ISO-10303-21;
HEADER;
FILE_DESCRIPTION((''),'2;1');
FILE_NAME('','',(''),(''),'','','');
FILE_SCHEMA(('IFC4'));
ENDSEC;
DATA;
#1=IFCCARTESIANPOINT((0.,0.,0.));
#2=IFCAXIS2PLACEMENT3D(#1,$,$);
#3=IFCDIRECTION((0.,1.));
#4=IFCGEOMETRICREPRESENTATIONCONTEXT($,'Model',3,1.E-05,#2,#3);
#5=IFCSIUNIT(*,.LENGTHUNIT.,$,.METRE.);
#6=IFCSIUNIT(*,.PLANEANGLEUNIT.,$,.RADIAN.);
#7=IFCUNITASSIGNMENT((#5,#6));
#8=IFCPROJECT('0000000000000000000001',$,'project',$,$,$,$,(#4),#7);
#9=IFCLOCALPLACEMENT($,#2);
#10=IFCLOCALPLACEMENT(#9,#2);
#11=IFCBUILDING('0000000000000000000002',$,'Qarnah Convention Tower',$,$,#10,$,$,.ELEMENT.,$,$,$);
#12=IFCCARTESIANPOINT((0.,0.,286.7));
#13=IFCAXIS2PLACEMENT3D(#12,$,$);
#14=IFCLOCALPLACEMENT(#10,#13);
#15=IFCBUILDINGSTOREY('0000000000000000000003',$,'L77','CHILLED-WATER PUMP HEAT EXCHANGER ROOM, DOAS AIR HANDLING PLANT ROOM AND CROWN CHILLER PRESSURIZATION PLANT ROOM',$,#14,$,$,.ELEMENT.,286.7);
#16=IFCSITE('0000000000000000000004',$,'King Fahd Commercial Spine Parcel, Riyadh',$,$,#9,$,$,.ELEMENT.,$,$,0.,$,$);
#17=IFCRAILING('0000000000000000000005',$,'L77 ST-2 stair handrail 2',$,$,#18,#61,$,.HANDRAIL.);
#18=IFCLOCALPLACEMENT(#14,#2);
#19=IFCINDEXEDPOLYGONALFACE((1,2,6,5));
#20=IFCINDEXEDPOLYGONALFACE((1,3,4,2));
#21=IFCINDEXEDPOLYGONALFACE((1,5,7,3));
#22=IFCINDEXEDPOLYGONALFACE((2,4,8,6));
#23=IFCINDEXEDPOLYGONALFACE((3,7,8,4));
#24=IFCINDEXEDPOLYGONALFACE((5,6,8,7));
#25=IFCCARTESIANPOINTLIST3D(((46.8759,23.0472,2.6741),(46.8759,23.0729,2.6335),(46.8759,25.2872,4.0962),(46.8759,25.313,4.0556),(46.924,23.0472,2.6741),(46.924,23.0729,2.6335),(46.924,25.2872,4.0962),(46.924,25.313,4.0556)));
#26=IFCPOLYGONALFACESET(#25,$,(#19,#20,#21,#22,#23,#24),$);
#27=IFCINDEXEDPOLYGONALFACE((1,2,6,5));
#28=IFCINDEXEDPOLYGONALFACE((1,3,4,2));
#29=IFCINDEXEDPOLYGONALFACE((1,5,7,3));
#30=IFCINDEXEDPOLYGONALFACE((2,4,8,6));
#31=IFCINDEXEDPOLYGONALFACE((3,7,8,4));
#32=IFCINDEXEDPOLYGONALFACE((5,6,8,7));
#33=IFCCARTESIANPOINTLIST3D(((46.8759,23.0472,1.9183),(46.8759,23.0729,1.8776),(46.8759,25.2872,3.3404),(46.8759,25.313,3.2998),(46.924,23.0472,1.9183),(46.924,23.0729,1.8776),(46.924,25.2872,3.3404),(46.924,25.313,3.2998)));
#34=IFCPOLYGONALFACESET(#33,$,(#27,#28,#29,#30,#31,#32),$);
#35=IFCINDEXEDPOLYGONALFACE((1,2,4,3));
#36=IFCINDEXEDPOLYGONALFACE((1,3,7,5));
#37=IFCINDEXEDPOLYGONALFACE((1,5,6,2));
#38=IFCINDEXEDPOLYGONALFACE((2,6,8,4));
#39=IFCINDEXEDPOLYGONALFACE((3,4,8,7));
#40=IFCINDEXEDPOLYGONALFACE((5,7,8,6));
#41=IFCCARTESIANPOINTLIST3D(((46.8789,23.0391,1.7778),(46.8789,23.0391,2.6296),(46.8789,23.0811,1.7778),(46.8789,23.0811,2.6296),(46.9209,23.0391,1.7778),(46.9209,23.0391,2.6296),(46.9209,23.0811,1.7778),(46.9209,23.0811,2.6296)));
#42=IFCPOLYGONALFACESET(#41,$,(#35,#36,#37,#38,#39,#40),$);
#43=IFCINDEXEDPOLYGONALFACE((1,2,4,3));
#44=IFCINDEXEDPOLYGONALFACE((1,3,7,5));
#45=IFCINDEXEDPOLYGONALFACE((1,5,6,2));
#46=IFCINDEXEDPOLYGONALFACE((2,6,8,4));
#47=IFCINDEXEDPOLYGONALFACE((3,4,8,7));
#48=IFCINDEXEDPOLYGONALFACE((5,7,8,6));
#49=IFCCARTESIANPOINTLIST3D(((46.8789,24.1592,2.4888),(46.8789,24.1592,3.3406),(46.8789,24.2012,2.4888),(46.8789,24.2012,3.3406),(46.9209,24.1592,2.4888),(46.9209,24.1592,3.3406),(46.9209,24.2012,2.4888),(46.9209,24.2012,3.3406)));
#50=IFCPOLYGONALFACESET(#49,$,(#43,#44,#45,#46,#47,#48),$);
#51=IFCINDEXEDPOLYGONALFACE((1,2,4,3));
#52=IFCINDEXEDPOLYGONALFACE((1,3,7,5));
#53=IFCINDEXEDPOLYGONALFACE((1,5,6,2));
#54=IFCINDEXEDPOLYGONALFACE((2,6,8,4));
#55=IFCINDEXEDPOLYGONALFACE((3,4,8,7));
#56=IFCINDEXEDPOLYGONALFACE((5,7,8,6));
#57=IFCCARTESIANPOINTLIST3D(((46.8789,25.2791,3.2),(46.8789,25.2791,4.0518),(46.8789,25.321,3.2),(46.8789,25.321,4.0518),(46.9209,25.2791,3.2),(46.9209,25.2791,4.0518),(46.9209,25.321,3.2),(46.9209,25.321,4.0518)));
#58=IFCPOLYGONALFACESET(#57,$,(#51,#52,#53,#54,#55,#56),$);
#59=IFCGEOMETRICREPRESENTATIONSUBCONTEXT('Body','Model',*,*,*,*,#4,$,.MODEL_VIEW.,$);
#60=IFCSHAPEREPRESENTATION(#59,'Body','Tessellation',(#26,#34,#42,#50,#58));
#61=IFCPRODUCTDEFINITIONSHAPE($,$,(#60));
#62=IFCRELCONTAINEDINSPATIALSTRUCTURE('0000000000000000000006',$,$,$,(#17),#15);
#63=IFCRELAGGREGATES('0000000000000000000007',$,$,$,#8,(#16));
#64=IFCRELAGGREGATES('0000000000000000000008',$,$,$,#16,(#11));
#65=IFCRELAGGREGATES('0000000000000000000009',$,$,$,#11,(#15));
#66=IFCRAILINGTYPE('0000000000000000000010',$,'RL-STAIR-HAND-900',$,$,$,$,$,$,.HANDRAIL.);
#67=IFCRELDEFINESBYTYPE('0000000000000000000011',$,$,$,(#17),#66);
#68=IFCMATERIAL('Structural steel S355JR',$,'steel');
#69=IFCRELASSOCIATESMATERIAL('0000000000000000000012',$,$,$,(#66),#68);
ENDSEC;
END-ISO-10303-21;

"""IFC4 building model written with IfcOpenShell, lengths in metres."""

from ifc_helpers import new_model, si_unit, direction, frame, origin, origin_2d, place, context, subcontext, project, spatial, rectangle, extrude, material, type_object, element, save


model = new_model("IFC4")

# Units and contexts
model_context = context("Model", 3, precision=1e-05, world=origin(), true_north=direction((0.0, 1.0)))
body_context = subcontext(model_context, "Body", "Model", "MODEL_VIEW")
ifc_project = project(units=[si_unit("LENGTHUNIT", "METRE"), si_unit("PLANEANGLEUNIT", "RADIAN")], contexts=[model_context])

# Site, building, storey
site_placement = place(None, origin())
site = spatial("IfcSite", under=ifc_project, at=site_placement, Name="King Fahd Commercial Spine Parcel, Riyadh", CompositionType="ELEMENT", RefElevation=0.0)
building_placement = place(site_placement, origin())
building = spatial("IfcBuilding", under=site, at=building_placement, Name="Qarnah Convention Tower", CompositionType="ELEMENT")
storey_placement = place(building_placement, frame((0.0, 0.0, 286.7)))
storey = spatial("IfcBuildingStorey", under=building, at=storey_placement, Name="L77", Description="CHILLED-WATER PUMP HEAT EXCHANGER ROOM, DOAS AIR HANDLING PLANT ROOM AND CROWN CHILLER PRESSURIZATION PLANT ROOM", CompositionType="ELEMENT", Elevation=286.7)

# Shared definitions
ifc_material_1 = material(Name="Structural steel S355JR", Category="steel")

# Railing
railing_type_1 = type_object("IfcRailingType", Name="RL-STAIR-HAND-900", PredefinedType="HANDRAIL", material=ifc_material_1)
railing_1_placement = place(storey_placement, frame((46.8999, 23.0601, 1.7778)))
element("IfcRailing", 1, at=railing_1_placement, inside=storey, type_object=railing_type_1, Name="L77 ST-2 stair handrail 2", PredefinedType="HANDRAIL", context=body_context, shape_type="SweptSolid", body=[
    extrude(rectangle(XDim=0.0481, YDim=0.0481, at=origin_2d()), frame((0.0, 0.0, 0.876), z_axis=(0.0, 0.844229, 0.535982), x_axis=(-1.0, 0.0, 0.0)), (0.0, 0.0, 1.0), 2.6533),
    extrude(rectangle(XDim=0.0481, YDim=0.0481, at=origin_2d()), frame((0.0, 0.0, 0.1201), z_axis=(0.0, 0.844229, 0.535982), x_axis=(-1.0, 0.0, 0.0)), (0.0, 0.0, 1.0), 2.6533),
    extrude(rectangle(XDim=0.042, YDim=0.042, at=origin_2d()), origin(), (0.0, 0.0, 1.0), 0.8518),
    extrude(rectangle(XDim=0.042, YDim=0.042, at=origin_2d()), frame((0.0, 1.1201, 0.7109)), (0.0, 0.0, 1.0), 0.8518),
    extrude(rectangle(XDim=0.042, YDim=0.042, at=origin_2d()), frame((0.0, 2.24, 1.4221)), (0.0, 0.0, 1.0), 0.8518),
])

save(model, "model.ifc")
